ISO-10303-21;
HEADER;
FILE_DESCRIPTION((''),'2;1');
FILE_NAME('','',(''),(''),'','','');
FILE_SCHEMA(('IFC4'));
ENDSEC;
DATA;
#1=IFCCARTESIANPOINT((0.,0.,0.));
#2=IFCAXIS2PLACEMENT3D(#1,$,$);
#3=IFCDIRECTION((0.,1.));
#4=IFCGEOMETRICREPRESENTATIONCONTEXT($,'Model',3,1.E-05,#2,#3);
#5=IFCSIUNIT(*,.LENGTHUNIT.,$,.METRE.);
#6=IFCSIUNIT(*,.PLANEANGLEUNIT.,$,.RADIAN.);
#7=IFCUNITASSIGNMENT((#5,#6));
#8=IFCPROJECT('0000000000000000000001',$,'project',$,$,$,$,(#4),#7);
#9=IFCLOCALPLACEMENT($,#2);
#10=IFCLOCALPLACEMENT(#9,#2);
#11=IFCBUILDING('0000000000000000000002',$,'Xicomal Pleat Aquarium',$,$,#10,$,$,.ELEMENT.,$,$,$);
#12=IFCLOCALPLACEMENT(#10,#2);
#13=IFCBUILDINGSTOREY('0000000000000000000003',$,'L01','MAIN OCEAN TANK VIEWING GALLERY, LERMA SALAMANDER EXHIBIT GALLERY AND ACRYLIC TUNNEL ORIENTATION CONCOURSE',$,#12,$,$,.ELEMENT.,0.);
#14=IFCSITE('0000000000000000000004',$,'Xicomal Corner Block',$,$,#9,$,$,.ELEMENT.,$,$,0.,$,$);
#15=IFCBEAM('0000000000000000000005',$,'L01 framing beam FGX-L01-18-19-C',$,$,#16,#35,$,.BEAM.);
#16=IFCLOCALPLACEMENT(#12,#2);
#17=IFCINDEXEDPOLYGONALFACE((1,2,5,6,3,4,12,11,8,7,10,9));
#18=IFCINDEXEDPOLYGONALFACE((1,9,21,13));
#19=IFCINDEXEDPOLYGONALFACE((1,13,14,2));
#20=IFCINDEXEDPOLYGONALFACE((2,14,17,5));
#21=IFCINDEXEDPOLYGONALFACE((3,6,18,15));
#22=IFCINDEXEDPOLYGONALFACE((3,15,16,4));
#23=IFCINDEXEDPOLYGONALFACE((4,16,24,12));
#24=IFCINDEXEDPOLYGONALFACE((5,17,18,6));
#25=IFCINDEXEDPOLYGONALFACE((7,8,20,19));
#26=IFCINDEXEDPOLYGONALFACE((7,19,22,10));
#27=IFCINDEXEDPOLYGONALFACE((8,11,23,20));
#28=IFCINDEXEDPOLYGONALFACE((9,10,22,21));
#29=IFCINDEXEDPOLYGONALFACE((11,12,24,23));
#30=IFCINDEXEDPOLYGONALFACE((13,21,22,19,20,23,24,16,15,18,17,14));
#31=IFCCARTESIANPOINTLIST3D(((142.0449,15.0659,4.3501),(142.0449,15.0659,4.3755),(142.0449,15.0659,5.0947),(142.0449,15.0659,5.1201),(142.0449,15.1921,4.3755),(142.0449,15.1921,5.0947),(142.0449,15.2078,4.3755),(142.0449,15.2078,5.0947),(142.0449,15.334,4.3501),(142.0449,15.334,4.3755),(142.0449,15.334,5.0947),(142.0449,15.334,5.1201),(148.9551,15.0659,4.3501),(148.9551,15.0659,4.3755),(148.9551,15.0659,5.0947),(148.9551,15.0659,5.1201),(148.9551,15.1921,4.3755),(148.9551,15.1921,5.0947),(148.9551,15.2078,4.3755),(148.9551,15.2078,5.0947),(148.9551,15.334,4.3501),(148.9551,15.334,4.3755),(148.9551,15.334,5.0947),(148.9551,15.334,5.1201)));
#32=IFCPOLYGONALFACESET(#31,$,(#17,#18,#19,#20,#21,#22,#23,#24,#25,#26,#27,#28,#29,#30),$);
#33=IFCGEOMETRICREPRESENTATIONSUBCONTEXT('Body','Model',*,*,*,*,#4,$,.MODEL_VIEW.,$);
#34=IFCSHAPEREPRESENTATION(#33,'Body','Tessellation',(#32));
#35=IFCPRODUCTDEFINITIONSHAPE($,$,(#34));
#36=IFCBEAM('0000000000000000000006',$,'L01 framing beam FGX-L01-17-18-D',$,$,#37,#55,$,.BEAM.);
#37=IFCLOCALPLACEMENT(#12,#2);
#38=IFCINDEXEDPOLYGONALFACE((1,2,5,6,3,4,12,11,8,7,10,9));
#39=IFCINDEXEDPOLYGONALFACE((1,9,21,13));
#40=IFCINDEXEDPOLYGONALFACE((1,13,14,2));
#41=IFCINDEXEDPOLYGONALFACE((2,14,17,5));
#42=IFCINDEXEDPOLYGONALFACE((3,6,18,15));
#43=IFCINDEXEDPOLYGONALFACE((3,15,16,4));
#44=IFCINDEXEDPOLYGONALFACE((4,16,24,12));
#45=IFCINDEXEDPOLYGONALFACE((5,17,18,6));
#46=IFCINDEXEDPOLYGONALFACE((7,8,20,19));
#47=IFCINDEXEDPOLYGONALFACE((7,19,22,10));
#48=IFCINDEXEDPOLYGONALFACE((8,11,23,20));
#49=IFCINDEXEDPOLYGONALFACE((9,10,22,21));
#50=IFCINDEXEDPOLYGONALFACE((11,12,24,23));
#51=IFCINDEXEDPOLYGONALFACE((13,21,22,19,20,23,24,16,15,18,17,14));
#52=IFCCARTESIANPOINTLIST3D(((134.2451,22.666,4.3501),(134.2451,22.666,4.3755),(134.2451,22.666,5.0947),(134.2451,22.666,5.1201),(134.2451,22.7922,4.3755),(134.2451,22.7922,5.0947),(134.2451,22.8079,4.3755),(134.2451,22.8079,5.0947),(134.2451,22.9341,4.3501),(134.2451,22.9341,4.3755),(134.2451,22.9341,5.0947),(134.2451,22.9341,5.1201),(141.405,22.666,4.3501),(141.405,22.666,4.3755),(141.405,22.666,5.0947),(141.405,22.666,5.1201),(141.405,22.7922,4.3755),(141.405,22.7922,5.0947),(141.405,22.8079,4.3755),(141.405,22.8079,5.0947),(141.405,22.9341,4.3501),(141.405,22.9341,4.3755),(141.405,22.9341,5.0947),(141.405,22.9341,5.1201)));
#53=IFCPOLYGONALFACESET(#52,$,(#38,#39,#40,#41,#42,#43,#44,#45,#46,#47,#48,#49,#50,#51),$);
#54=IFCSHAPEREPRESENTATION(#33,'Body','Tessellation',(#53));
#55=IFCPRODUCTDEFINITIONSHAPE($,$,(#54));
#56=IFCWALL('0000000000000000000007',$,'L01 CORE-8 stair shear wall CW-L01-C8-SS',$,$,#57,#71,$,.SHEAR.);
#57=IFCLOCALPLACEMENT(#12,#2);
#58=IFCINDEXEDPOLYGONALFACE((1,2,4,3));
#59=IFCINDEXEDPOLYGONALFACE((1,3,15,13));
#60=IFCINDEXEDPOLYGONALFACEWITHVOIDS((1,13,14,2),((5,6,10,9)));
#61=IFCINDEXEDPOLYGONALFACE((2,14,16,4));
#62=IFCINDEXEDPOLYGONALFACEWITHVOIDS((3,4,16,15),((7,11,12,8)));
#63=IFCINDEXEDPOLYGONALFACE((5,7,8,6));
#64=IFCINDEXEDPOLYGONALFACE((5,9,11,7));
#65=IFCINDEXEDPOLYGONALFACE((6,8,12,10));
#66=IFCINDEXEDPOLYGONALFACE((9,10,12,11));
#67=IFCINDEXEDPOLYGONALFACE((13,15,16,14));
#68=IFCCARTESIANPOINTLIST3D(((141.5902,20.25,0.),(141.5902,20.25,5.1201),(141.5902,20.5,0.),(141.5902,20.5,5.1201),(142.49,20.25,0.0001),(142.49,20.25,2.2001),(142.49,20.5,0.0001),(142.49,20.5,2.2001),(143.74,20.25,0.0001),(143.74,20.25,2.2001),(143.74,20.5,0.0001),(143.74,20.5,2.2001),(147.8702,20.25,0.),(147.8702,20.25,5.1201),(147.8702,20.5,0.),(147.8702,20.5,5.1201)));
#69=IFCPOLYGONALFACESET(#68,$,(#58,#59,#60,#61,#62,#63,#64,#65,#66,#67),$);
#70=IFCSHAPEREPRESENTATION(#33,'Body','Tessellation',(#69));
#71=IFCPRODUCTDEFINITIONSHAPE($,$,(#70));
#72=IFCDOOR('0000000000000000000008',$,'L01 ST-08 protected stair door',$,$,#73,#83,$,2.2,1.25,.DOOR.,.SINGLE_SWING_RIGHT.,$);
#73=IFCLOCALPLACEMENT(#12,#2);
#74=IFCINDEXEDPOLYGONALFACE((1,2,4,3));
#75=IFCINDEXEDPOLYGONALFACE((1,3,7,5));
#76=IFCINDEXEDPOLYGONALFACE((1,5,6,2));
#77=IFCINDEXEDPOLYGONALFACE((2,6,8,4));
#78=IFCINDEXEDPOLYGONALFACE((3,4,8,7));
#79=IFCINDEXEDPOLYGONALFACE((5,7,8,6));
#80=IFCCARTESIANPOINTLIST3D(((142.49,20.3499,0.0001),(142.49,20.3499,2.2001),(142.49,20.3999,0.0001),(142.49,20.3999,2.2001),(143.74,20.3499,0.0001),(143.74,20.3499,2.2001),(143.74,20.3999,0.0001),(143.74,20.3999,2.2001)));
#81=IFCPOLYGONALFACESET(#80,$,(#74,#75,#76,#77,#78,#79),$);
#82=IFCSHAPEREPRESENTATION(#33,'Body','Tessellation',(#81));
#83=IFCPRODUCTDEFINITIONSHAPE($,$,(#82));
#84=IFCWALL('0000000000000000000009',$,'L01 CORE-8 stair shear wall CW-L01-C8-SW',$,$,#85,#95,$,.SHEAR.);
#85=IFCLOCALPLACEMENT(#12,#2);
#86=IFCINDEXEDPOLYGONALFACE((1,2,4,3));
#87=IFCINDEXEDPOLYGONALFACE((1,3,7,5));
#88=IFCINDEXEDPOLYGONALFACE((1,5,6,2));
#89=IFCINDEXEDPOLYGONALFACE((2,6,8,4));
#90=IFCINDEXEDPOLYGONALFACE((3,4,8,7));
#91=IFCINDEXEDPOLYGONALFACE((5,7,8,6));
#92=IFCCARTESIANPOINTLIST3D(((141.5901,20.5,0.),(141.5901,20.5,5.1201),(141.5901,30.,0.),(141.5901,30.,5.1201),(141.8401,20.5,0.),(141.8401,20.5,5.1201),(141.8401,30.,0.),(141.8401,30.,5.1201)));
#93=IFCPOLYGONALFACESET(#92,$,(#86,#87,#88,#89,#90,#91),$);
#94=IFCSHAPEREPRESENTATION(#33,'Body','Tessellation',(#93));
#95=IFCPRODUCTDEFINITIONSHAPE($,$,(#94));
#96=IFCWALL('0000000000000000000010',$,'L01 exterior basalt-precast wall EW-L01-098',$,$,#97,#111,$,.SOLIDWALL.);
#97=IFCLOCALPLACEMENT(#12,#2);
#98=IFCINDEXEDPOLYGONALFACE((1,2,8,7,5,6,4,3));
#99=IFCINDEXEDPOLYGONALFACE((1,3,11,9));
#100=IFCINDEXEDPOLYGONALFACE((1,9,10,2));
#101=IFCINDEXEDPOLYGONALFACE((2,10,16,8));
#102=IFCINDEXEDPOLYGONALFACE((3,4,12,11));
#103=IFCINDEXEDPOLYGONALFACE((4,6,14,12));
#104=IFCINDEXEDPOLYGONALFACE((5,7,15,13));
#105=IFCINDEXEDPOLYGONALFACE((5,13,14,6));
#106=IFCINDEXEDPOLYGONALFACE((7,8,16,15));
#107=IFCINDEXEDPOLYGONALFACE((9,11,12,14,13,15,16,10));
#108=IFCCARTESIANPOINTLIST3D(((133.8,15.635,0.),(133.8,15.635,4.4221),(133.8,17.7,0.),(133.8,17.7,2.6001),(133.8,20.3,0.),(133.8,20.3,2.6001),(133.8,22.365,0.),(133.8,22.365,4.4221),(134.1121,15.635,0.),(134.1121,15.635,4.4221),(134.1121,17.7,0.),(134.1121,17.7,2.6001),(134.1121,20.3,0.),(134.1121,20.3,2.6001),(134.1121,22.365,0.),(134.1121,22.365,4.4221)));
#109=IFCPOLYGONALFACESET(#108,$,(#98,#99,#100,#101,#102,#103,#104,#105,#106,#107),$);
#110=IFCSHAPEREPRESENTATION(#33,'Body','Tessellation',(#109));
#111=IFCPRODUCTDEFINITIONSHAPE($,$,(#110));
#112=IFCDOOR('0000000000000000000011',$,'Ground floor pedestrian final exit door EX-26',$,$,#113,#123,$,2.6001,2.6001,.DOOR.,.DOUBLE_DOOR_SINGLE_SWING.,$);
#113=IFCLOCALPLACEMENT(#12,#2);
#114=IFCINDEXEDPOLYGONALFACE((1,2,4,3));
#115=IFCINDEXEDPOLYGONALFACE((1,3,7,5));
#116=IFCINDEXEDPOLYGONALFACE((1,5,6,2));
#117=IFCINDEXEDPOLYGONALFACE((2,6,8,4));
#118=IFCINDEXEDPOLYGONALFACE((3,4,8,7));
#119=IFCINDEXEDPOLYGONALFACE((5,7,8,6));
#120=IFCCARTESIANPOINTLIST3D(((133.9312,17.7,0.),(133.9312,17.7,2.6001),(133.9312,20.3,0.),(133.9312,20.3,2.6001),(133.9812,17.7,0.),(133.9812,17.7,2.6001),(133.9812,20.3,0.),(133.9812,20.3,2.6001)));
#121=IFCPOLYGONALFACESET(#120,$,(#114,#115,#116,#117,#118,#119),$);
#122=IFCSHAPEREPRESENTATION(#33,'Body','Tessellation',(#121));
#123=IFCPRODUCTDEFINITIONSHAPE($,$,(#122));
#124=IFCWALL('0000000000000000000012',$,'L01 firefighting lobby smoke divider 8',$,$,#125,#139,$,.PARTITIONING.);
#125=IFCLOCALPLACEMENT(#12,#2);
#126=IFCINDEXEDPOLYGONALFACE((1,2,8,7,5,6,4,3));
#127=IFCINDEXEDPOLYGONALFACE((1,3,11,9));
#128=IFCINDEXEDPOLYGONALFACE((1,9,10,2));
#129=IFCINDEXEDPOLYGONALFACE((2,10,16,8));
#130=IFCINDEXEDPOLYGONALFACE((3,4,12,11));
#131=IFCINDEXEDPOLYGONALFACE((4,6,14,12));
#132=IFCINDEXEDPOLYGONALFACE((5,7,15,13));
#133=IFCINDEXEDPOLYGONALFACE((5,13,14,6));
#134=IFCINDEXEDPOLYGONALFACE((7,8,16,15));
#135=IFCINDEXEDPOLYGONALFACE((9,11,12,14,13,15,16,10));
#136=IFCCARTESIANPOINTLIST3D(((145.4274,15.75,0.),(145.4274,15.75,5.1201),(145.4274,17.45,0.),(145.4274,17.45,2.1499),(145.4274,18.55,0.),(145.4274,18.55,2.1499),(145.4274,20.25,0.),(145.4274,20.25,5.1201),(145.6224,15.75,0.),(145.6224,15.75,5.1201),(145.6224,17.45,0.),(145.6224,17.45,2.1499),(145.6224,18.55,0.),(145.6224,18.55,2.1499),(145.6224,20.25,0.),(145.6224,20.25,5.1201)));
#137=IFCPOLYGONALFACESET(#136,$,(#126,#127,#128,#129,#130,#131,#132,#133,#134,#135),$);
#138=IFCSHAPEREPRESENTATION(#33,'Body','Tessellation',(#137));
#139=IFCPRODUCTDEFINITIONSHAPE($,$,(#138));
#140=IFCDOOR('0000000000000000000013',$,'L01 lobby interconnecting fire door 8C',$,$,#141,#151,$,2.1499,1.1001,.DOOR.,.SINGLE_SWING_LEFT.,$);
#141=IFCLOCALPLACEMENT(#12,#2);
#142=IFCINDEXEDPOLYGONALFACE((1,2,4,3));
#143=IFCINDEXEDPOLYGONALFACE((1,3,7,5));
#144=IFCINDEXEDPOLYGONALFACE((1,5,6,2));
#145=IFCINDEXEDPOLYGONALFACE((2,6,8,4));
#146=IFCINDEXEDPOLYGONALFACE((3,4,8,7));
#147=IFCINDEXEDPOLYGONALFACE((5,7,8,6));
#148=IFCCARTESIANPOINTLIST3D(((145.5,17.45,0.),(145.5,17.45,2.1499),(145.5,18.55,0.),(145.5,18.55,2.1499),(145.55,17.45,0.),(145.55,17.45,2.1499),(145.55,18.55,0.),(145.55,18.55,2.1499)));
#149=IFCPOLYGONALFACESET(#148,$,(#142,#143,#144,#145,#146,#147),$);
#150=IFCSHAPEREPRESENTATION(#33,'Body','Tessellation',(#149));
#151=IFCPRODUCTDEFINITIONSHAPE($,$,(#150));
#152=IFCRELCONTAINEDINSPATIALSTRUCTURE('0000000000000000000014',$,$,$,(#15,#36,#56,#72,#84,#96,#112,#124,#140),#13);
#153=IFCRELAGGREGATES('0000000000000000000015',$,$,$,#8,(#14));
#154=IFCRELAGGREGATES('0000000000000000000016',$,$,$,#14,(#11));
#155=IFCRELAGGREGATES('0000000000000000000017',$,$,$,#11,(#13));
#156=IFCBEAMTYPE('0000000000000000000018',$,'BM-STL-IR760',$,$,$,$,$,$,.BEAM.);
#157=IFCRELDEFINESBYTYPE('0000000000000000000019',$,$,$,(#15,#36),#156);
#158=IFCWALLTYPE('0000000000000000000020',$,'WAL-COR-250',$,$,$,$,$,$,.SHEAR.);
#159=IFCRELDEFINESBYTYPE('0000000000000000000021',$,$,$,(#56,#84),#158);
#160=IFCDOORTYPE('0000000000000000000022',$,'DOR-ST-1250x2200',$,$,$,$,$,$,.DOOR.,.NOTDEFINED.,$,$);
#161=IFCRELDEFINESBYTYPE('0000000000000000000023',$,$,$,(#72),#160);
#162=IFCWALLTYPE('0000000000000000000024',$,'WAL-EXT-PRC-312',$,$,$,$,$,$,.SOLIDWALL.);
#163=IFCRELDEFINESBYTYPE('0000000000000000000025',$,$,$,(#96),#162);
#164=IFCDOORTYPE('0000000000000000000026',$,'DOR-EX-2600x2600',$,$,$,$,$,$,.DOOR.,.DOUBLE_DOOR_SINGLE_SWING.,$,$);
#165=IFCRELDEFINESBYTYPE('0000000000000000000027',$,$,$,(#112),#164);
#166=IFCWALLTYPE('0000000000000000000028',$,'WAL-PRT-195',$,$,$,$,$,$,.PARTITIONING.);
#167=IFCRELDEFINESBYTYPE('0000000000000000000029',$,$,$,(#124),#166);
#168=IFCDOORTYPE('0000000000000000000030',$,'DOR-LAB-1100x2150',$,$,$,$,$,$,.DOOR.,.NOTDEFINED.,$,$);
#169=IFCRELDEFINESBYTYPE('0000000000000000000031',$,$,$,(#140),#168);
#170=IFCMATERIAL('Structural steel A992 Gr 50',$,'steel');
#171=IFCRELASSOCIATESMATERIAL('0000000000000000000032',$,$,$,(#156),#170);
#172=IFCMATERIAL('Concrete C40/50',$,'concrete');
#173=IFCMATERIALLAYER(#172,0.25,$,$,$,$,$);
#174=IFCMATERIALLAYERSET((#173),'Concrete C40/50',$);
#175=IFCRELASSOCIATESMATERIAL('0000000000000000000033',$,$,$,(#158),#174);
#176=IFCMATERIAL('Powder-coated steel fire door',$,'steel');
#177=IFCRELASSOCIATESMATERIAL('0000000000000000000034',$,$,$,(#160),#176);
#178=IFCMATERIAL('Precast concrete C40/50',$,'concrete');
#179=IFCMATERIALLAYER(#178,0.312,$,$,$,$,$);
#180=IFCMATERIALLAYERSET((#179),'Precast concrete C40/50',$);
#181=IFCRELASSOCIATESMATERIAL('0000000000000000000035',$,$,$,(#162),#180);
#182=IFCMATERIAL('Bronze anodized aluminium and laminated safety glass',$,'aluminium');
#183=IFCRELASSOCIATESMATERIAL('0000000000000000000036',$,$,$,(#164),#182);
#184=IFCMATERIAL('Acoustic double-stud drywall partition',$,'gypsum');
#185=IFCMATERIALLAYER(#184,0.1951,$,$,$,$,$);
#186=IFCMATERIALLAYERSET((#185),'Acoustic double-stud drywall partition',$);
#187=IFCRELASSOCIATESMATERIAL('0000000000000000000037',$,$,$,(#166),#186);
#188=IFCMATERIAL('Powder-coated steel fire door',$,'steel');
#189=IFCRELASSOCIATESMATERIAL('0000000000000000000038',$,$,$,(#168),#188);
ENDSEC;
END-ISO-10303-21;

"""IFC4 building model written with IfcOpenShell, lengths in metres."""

from ifc_helpers import new_model, si_unit, direction, frame, frame_2d, origin, origin_2d, place, context, subcontext, project, spatial, rectangle, i_section, extrude, material, layer, layer_set, material_profile, profile_set, type_object, element, fill, save


model = new_model("IFC4")

# Units and contexts
model_context = context("Model", 3, precision=1e-05, world=origin(), true_north=direction((0.0, 1.0)))
body_context = subcontext(model_context, "Body", "Model", "MODEL_VIEW")
ifc_project = project(units=[si_unit("LENGTHUNIT", "METRE"), si_unit("PLANEANGLEUNIT", "RADIAN")], contexts=[model_context])

# Site, building, storey
site_placement = place(None, origin())
site = spatial("IfcSite", under=ifc_project, at=site_placement, Name="Xicomal Corner Block", CompositionType="ELEMENT", RefElevation=0.0)
building_placement = place(site_placement, origin())
building = spatial("IfcBuilding", under=site, at=building_placement, Name="Xicomal Pleat Aquarium", CompositionType="ELEMENT")
storey_placement = place(building_placement, origin())
storey = spatial("IfcBuildingStorey", under=building, at=storey_placement, Name="L01", Description="MAIN OCEAN TANK VIEWING GALLERY, LERMA SALAMANDER EXHIBIT GALLERY AND ACRYLIC TUNNEL ORIENTATION CONCOURSE", CompositionType="ELEMENT", Elevation=0.0)

# Beams
ifc_material_1 = material(Name="Structural steel A992 Gr 50", Category="steel")
ifc_material_profile_1 = material_profile(ifc_material_1, i_section(OverallWidth=0.2681, OverallDepth=0.77, WebThickness=0.0156, FlangeThickness=0.0254, at=origin_2d()), Name="IR 760x196")
ifc_profile_set_1 = profile_set([ifc_material_profile_1], Name="Structural steel A992 Gr 50")
beam_type_1 = type_object("IfcBeamType", Name="BM-STL-IR760", PredefinedType="BEAM", material=ifc_profile_set_1)
beam_1_placement = place(storey_placement, frame((142.0449, 15.2, 4.7351), z_axis=(1.0, 0.0, 0.0), x_axis=(0.0, 1.0, 0.0)))
element("IfcBeam", 1, at=beam_1_placement, inside=storey, type_object=beam_type_1, Name="L01 framing beam FGX-L01-18-19-C", PredefinedType="BEAM", context=body_context, shape_type="SweptSolid", body=[
    extrude(i_section(OverallWidth=0.2681, OverallDepth=0.77, WebThickness=0.0156, FlangeThickness=0.0254, at=origin_2d()), origin(), (0.0, 0.0, 1.0), 6.9102),
])
beam_2_placement = place(storey_placement, frame((134.2451, 22.8, 4.7351), z_axis=(1.0, 0.0, 0.0), x_axis=(0.0, 1.0, 0.0)))
element("IfcBeam", 2, at=beam_2_placement, inside=storey, type_object=beam_type_1, Name="L01 framing beam FGX-L01-17-18-D", PredefinedType="BEAM", context=body_context, shape_type="SweptSolid", body=[
    extrude(i_section(OverallWidth=0.2681, OverallDepth=0.77, WebThickness=0.0156, FlangeThickness=0.0254, at=origin_2d()), origin(), (0.0, 0.0, 1.0), 7.1599),
])

# Wall, opening, door
ifc_material_2 = material(Name="Concrete C40/50", Category="concrete")
ifc_layer_1 = layer(ifc_material_2, 0.25)
ifc_layer_set_1 = layer_set([ifc_layer_1], Name="Concrete C40/50")
wall_type_1 = type_object("IfcWallType", Name="WAL-COR-250", PredefinedType="SHEAR", material=ifc_layer_set_1)
wall_1_placement = place(storey_placement, frame((141.5901, 20.375, 0.0), z_axis=(0.0, 0.0, 1.0), x_axis=(1.0, 0.0, 0.0)))
wall_1 = element("IfcWall", 3, at=wall_1_placement, inside=storey, type_object=wall_type_1, Name="L01 CORE-8 stair shear wall CW-L01-C8-SS", PredefinedType="SHEAR", context=body_context, shape_type="SweptSolid", body=[
    extrude(rectangle(XDim=6.28, YDim=0.25, at=frame_2d((3.1401, 0.0))), origin(), (0.0, 0.0, 1.0), 5.1201),
])
opening_1_placement = place(wall_1_placement, frame((0.8999, 0.0, 0.0)))
opening_1 = element("IfcOpeningElement", 4, at=opening_1_placement, cuts=wall_1, PredefinedType="OPENING", context=body_context, shape_type="SweptSolid", body=[
    extrude(rectangle(XDim=1.25, YDim=2.2, at=frame_2d((0.625, 1.1001))), frame((0.0, 0.135, 0.0), z_axis=(0.0, -1.0, 0.0), x_axis=(1.0, 0.0, 0.0)), (0.0, 0.0, 1.0), 0.27),
])
ifc_material_3 = material(Name="Powder-coated steel fire door", Category="steel")
door_type_1 = type_object("IfcDoorType", Name="DOR-ST-1250x2200", OperationType="NOTDEFINED", PredefinedType="DOOR", material=ifc_material_3)
door_1_placement = place(opening_1_placement, origin())
door_1 = element("IfcDoor", 5, at=door_1_placement, inside=storey, type_object=door_type_1, Name="L01 ST-08 protected stair door", OperationType="SINGLE_SWING_RIGHT", OverallHeight=2.2, OverallWidth=1.25, PredefinedType="DOOR", context=body_context, shape_type="SweptSolid", body=[
    extrude(rectangle(XDim=1.25, YDim=2.2, at=frame_2d((0.625, 1.1001))), frame((0.0, 0.0249, 0.0), z_axis=(0.0, -1.0, 0.0), x_axis=(1.0, 0.0, 0.0)), (0.0, 0.0, 1.0), 0.05),
])
fill(opening_1, door_1)

# Wall
wall_2_placement = place(storey_placement, frame((141.7151, 20.5, 0.0), z_axis=(0.0, 0.0, 1.0), x_axis=(0.0, 1.0, 0.0)))
element("IfcWall", 6, at=wall_2_placement, inside=storey, type_object=wall_type_1, Name="L01 CORE-8 stair shear wall CW-L01-C8-SW", PredefinedType="SHEAR", context=body_context, shape_type="SweptSolid", body=[
    extrude(rectangle(XDim=9.5, YDim=0.25, at=frame_2d((4.75, 0.0))), origin(), (0.0, 0.0, 1.0), 5.1201),
])

# Walls, openings, doors
ifc_material_4 = material(Name="Precast concrete C40/50", Category="concrete")
ifc_layer_2 = layer(ifc_material_4, 0.312)
ifc_layer_set_2 = layer_set([ifc_layer_2], Name="Precast concrete C40/50")
wall_type_2 = type_object("IfcWallType", Name="WAL-EXT-PRC-312", PredefinedType="SOLIDWALL", material=ifc_layer_set_2)
wall_3_placement = place(storey_placement, frame((133.9561, 15.635, 0.0), z_axis=(0.0, 0.0, 1.0), x_axis=(0.0, 1.0, 0.0)))
wall_3 = element("IfcWall", 7, at=wall_3_placement, inside=storey, type_object=wall_type_2, Name="L01 exterior basalt-precast wall EW-L01-098", PredefinedType="SOLIDWALL", context=body_context, shape_type="SweptSolid", body=[
    extrude(rectangle(XDim=6.73, YDim=0.312, at=frame_2d((3.365, 0.0))), origin(), (0.0, 0.0, 1.0), 4.4221),
])
opening_2_placement = place(wall_3_placement, frame((2.0649, 0.0, 0.0)))
opening_2 = element("IfcOpeningElement", 8, at=opening_2_placement, cuts=wall_3, PredefinedType="OPENING", context=body_context, shape_type="SweptSolid", body=[
    extrude(rectangle(XDim=2.6001, YDim=2.6001, at=frame_2d((1.3, 1.3))), frame((0.0, 0.166, 0.0), z_axis=(0.0, -1.0, 0.0), x_axis=(1.0, 0.0, 0.0)), (0.0, 0.0, 1.0), 0.332),
])
ifc_material_5 = material(Name="Bronze anodized aluminium and laminated safety glass", Category="aluminium")
door_type_2 = type_object("IfcDoorType", Name="DOR-EX-2600x2600", OperationType="DOUBLE_DOOR_SINGLE_SWING", PredefinedType="DOOR", material=ifc_material_5)
door_2_placement = place(opening_2_placement, origin())
door_2 = element("IfcDoor", 9, at=door_2_placement, inside=storey, type_object=door_type_2, Name="Ground floor pedestrian final exit door EX-26", OperationType="DOUBLE_DOOR_SINGLE_SWING", OverallHeight=2.6001, OverallWidth=2.6001, PredefinedType="DOOR", context=body_context, shape_type="SweptSolid", body=[
    extrude(rectangle(XDim=2.6001, YDim=2.6001, at=frame_2d((1.3, 1.3))), frame((0.0, 0.0249, 0.0), z_axis=(0.0, -1.0, 0.0), x_axis=(1.0, 0.0, 0.0)), (0.0, 0.0, 1.0), 0.05),
])
fill(opening_2, door_2)
ifc_material_6 = material(Name="Acoustic double-stud drywall partition", Category="gypsum")
ifc_layer_3 = layer(ifc_material_6, 0.1951)
ifc_layer_set_3 = layer_set([ifc_layer_3], Name="Acoustic double-stud drywall partition")
wall_type_3 = type_object("IfcWallType", Name="WAL-PRT-195", PredefinedType="PARTITIONING", material=ifc_layer_set_3)
wall_4_placement = place(storey_placement, frame((145.5249, 15.75, 0.0), z_axis=(0.0, 0.0, 1.0), x_axis=(0.0, 1.0, 0.0)))
wall_4 = element("IfcWall", 10, at=wall_4_placement, inside=storey, type_object=wall_type_3, Name="L01 firefighting lobby smoke divider 8", PredefinedType="PARTITIONING", context=body_context, shape_type="SweptSolid", body=[
    extrude(rectangle(XDim=4.5, YDim=0.1951, at=frame_2d((2.25, 0.0))), origin(), (0.0, 0.0, 1.0), 5.1201),
])
opening_3_placement = place(wall_4_placement, frame((1.7, 0.0, 0.0)))
opening_3 = element("IfcOpeningElement", 11, at=opening_3_placement, cuts=wall_4, PredefinedType="OPENING", context=body_context, shape_type="SweptSolid", body=[
    extrude(rectangle(XDim=1.1001, YDim=2.1499, at=frame_2d((0.55, 1.075))), frame((0.0, 0.1074, 0.0), z_axis=(0.0, -1.0, 0.0), x_axis=(1.0, 0.0, 0.0)), (0.0, 0.0, 1.0), 0.2151),
])
ifc_material_7 = material(Name="Powder-coated steel fire door", Category="steel")
door_type_3 = type_object("IfcDoorType", Name="DOR-LAB-1100x2150", OperationType="NOTDEFINED", PredefinedType="DOOR", material=ifc_material_7)
door_3_placement = place(opening_3_placement, origin())
door_3 = element("IfcDoor", 12, at=door_3_placement, inside=storey, type_object=door_type_3, Name="L01 lobby interconnecting fire door 8C", OperationType="SINGLE_SWING_LEFT", OverallHeight=2.1499, OverallWidth=1.1001, PredefinedType="DOOR", context=body_context, shape_type="SweptSolid", body=[
    extrude(rectangle(XDim=1.1001, YDim=2.1499, at=frame_2d((0.55, 1.075))), frame((0.0, 0.0249, 0.0), z_axis=(0.0, -1.0, 0.0), x_axis=(1.0, 0.0, 0.0)), (0.0, 0.0, 1.0), 0.05),
])
fill(opening_3, door_3)

save(model, "model.ifc")
